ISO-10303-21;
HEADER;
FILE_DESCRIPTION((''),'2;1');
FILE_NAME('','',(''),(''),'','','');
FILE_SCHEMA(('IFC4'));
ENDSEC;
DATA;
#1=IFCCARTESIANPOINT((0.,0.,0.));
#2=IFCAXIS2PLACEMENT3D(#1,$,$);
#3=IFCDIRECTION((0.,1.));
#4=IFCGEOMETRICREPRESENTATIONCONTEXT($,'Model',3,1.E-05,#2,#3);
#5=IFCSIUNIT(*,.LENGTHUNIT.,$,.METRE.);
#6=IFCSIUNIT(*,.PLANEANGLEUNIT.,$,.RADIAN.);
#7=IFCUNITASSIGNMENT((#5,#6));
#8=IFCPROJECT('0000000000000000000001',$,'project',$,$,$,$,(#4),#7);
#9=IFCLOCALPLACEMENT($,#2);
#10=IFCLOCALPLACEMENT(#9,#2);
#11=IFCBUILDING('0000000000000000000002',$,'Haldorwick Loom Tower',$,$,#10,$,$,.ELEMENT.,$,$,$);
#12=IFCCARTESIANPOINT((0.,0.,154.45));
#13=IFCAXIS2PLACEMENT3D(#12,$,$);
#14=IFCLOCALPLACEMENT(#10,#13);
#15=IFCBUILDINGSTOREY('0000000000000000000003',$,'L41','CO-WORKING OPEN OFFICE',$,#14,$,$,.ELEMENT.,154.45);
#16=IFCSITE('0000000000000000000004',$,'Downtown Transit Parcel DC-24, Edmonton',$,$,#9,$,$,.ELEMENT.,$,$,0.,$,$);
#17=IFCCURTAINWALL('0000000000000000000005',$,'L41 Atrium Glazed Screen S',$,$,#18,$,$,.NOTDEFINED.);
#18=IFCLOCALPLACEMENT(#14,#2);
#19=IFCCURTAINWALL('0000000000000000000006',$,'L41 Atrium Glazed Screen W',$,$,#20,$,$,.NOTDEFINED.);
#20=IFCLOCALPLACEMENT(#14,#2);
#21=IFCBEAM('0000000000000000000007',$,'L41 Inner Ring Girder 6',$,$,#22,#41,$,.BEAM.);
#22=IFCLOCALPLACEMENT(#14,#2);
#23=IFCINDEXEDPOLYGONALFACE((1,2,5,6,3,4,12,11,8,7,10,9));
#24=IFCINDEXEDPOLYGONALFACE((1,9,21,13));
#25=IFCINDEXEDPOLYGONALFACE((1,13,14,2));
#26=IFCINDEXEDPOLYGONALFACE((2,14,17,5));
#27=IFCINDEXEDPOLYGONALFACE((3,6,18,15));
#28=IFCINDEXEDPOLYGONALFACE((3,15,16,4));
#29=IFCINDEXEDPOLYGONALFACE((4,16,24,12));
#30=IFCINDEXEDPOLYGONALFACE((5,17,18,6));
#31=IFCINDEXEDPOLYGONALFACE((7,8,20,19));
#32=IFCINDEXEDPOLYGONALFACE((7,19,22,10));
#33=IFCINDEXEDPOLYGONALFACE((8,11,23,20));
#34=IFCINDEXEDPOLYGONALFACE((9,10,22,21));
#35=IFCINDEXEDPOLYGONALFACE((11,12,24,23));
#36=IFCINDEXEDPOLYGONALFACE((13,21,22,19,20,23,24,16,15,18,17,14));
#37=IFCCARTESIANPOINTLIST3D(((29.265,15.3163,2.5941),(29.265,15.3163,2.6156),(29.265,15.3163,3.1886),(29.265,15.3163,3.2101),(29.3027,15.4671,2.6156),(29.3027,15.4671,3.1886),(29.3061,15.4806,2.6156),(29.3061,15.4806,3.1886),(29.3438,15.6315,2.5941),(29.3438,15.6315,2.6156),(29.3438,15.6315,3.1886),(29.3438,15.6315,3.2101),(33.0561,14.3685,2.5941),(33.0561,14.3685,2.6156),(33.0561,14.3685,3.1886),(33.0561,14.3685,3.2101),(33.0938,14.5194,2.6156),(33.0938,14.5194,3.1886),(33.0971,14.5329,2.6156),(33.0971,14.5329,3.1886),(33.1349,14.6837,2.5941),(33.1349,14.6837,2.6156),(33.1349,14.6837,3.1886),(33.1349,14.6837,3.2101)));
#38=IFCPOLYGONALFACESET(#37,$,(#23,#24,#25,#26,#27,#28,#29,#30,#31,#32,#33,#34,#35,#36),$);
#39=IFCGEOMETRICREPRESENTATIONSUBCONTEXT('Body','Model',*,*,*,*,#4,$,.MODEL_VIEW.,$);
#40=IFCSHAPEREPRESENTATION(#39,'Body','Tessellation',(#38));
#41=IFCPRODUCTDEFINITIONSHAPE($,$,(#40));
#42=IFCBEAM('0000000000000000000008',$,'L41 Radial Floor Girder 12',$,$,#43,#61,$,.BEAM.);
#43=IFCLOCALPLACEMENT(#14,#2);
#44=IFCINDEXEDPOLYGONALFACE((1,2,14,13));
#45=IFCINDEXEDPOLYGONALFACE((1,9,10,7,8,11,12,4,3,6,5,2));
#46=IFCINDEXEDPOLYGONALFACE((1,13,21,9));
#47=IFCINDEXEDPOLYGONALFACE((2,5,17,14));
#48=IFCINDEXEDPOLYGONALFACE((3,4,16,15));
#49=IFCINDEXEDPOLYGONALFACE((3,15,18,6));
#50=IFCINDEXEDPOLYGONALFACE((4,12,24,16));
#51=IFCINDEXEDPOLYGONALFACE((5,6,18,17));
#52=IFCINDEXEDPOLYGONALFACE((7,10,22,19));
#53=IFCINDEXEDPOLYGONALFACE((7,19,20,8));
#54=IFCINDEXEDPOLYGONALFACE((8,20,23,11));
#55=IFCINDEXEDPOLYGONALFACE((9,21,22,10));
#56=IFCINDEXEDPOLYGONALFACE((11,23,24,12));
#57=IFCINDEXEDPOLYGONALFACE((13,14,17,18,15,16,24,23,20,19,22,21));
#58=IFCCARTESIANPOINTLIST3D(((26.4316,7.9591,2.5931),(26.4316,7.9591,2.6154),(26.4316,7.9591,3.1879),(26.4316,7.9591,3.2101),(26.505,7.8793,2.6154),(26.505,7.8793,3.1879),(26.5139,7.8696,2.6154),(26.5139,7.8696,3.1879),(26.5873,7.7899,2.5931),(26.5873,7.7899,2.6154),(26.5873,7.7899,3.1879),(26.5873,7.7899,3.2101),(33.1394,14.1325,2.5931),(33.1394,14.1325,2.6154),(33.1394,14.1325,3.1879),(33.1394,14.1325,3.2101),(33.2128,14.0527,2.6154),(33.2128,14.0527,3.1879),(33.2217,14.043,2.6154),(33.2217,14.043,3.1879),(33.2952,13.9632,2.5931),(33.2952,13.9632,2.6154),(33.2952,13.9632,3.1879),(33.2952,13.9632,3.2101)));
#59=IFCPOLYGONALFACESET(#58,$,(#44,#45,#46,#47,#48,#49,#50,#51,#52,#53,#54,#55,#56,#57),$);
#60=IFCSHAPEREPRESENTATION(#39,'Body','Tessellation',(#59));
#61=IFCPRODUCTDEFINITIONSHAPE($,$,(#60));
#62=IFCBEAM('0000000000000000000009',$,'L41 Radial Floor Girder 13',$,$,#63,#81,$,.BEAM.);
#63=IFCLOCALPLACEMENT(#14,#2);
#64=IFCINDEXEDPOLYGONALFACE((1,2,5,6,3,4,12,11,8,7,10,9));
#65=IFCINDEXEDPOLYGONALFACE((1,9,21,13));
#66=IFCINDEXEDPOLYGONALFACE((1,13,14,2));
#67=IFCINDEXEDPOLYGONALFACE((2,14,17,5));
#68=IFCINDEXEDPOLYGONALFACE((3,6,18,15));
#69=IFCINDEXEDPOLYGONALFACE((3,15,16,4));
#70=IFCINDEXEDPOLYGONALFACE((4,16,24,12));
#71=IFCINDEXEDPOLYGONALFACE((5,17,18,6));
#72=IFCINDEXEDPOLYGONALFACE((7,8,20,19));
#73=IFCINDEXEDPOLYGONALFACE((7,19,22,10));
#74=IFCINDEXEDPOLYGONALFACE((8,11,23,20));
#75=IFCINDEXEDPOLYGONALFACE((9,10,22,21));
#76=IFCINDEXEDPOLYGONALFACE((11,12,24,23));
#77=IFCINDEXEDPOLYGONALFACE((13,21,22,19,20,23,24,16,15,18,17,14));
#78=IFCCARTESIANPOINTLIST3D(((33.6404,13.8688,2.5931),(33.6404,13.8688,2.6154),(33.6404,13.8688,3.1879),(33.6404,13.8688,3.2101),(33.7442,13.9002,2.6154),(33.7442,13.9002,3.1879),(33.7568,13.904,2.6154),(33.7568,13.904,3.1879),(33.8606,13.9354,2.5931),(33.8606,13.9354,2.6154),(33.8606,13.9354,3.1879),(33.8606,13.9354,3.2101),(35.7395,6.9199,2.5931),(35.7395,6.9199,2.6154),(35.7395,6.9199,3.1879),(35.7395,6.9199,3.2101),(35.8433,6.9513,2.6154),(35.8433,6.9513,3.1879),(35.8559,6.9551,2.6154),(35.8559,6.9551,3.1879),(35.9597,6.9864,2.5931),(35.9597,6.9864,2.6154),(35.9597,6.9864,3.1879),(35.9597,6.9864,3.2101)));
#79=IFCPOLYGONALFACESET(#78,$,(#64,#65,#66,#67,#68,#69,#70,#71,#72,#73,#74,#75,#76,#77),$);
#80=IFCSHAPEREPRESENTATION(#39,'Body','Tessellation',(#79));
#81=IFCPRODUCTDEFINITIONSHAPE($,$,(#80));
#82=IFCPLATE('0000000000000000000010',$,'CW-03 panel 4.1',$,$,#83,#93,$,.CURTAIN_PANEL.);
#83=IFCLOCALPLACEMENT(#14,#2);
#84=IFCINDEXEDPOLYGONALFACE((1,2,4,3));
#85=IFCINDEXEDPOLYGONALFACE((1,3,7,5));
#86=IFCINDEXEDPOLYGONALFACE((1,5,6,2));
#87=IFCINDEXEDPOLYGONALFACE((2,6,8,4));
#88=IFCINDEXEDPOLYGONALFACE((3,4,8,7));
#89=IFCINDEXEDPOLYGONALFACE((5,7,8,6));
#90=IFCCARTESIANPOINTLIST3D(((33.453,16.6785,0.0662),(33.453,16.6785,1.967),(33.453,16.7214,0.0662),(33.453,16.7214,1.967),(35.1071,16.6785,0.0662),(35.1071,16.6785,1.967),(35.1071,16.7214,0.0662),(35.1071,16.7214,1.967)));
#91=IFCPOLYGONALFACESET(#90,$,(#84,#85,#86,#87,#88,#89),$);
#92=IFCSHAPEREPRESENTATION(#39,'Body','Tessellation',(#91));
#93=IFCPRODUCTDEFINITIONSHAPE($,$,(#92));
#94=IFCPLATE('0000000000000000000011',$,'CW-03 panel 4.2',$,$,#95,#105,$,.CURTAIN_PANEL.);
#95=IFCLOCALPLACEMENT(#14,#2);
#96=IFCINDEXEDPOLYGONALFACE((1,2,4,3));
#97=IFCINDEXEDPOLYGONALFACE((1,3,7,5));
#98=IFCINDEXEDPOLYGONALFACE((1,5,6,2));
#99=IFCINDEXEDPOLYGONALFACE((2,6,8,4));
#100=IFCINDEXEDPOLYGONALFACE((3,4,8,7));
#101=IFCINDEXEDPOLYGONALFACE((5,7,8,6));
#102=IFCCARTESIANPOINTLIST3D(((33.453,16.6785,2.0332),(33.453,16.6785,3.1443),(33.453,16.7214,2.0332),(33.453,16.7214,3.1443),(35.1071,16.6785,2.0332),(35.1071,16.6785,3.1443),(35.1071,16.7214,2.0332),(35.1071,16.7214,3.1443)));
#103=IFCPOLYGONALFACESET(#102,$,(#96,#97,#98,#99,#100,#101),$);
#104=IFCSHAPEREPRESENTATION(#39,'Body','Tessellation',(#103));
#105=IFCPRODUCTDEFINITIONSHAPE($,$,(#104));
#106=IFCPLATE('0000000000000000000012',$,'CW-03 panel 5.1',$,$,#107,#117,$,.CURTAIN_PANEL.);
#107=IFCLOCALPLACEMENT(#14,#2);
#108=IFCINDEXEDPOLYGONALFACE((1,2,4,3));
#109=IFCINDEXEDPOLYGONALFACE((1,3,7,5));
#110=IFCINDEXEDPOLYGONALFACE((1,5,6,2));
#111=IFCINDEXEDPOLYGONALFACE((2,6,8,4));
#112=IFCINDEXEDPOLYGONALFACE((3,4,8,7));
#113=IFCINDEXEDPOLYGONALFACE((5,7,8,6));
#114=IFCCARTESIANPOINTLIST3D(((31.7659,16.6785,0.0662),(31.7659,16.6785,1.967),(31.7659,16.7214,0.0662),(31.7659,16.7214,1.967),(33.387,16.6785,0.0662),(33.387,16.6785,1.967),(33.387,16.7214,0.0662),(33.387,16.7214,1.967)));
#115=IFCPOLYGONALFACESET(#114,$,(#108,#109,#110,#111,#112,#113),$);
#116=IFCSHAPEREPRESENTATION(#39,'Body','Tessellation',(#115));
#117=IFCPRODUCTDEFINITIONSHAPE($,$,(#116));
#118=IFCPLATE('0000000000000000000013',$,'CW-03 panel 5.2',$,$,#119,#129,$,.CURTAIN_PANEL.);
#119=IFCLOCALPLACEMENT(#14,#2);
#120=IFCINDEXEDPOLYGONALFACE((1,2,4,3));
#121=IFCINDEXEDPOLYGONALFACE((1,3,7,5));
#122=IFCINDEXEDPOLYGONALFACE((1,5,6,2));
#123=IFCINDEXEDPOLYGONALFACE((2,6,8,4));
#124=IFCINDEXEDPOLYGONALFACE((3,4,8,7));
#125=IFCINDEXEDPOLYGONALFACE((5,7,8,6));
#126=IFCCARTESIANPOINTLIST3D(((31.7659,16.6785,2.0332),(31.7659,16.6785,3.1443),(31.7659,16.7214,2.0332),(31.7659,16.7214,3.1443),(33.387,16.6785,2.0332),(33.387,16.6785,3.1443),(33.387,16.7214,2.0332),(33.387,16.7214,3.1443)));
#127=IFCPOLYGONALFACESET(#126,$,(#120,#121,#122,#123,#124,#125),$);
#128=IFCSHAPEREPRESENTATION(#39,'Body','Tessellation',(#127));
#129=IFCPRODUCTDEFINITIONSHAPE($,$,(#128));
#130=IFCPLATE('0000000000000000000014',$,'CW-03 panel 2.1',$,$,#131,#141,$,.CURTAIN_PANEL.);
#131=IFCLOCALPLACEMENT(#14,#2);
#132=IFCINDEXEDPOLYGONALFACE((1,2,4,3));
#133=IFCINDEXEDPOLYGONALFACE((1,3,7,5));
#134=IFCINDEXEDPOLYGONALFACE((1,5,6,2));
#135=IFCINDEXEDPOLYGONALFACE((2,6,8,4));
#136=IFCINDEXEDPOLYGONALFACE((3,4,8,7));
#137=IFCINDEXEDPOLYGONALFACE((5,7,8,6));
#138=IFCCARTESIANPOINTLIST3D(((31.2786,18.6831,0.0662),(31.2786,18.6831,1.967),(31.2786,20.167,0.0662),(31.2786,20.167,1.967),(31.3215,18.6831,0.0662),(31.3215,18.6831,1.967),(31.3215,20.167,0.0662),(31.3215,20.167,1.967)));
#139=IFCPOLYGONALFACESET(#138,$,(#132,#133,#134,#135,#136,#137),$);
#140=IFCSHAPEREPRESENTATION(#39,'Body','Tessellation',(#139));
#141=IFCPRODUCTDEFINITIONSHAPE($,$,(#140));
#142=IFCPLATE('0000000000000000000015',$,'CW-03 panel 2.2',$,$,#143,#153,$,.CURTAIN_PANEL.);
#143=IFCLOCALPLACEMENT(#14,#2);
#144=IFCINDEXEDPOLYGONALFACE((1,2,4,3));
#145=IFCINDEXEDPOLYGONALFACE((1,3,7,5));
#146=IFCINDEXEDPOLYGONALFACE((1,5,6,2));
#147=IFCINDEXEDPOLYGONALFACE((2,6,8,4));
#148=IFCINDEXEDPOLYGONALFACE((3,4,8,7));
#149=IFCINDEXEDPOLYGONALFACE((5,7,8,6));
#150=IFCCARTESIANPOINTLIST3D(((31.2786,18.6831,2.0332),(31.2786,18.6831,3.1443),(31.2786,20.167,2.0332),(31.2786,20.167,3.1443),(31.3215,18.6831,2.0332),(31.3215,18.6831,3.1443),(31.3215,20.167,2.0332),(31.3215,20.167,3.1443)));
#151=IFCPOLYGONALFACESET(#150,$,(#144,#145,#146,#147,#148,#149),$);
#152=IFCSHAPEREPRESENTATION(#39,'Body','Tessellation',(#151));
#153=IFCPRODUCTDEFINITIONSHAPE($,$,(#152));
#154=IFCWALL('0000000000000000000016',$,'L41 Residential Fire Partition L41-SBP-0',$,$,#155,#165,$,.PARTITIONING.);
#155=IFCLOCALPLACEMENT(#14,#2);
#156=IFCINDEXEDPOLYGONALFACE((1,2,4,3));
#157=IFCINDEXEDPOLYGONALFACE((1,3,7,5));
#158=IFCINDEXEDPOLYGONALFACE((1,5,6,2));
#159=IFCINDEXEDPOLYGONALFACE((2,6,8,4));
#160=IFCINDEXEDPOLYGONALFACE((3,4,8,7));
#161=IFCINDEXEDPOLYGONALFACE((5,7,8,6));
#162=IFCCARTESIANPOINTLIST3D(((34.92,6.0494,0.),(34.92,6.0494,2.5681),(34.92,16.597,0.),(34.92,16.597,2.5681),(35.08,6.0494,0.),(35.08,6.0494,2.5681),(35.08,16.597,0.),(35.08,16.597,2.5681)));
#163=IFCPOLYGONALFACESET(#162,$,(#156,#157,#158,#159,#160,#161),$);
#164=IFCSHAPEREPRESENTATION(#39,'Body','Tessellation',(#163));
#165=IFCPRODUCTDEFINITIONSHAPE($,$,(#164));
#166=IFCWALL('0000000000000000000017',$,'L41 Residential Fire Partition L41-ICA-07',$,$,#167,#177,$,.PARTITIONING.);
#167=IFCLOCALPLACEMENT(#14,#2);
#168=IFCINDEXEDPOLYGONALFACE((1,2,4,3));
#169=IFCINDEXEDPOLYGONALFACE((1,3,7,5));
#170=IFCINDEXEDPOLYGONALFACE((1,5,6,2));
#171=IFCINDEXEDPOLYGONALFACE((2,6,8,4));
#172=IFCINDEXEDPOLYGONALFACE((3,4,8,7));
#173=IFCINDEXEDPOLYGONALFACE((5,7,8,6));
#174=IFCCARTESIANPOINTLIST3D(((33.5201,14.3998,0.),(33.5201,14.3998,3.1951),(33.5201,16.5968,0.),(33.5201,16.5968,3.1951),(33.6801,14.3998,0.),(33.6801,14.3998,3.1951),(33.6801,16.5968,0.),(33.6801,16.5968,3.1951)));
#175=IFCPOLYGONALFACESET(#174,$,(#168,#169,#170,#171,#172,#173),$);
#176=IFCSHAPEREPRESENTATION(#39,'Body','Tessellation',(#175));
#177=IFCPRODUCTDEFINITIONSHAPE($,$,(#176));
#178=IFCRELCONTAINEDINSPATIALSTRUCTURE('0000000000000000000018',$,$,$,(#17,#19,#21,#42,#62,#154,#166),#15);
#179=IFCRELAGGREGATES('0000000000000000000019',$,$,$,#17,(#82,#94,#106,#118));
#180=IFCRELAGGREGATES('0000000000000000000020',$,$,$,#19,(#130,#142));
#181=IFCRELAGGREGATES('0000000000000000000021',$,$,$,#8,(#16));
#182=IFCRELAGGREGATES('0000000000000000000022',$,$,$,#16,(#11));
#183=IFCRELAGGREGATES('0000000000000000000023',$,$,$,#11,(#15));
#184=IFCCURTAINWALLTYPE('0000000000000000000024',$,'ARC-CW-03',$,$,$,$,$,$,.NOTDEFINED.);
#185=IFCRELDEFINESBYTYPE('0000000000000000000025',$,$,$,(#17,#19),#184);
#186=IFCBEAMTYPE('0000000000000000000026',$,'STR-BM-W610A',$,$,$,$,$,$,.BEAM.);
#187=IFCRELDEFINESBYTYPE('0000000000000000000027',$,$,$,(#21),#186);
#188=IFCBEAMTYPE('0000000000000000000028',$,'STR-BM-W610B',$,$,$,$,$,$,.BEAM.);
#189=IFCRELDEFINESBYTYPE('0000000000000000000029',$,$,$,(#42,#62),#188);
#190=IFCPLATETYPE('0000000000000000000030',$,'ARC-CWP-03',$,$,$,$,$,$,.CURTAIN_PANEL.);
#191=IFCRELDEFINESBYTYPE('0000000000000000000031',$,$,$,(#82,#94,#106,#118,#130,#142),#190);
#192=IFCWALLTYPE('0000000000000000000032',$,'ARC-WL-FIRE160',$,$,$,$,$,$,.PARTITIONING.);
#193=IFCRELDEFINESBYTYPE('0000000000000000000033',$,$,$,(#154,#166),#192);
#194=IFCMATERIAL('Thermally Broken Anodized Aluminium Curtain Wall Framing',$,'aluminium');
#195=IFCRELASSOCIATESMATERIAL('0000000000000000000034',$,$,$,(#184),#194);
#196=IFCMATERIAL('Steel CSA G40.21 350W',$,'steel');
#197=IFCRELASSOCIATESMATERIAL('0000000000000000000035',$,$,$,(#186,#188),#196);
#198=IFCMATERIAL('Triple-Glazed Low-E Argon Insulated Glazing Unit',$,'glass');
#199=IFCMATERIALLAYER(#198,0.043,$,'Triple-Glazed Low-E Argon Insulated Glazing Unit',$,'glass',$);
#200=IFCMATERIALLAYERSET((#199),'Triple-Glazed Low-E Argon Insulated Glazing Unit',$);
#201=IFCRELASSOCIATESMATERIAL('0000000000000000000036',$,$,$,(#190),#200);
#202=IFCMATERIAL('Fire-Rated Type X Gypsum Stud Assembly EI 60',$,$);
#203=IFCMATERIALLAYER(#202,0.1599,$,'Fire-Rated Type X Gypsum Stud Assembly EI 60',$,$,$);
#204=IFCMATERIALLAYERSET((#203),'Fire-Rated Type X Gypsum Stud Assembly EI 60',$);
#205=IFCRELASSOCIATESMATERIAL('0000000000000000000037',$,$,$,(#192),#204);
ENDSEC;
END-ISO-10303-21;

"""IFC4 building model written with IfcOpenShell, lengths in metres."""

from ifc_helpers import new_model, si_unit, direction, frame, frame_2d, origin, origin_2d, place, context, subcontext, project, spatial, rectangle, i_section, extrude, material, layer, layer_set, material_profile, profile_set, type_object, element, aggregate, save


model = new_model("IFC4")

# Units and contexts
model_context = context("Model", 3, precision=1e-05, world=origin(), true_north=direction((0.0, 1.0)))
body_context = subcontext(model_context, "Body", "Model", "MODEL_VIEW")
ifc_project = project(units=[si_unit("LENGTHUNIT", "METRE"), si_unit("PLANEANGLEUNIT", "RADIAN")], contexts=[model_context])

# Site, building, storey
site_placement = place(None, origin())
site = spatial("IfcSite", under=ifc_project, at=site_placement, Name="Downtown Transit Parcel DC-24, Edmonton", CompositionType="ELEMENT", RefElevation=0.0)
building_placement = place(site_placement, origin())
building = spatial("IfcBuilding", under=site, at=building_placement, Name="Haldorwick Loom Tower", CompositionType="ELEMENT")
storey_placement = place(building_placement, frame((0.0, 0.0, 154.45)))
storey = spatial("IfcBuildingStorey", under=building, at=storey_placement, Name="L41", Description="CO-WORKING OPEN OFFICE", CompositionType="ELEMENT", Elevation=154.45)

# Curtain walls
ifc_material_1 = material(Name="Thermally Broken Anodized Aluminium Curtain Wall Framing", Category="aluminium")
curtain_wall_type = type_object("IfcCurtainWallType", Name="ARC-CW-03", PredefinedType="NOTDEFINED", material=ifc_material_1)
curtain_wall_1_placement = place(storey_placement, origin())
curtain_wall_1 = element("IfcCurtainWall", 1, at=curtain_wall_1_placement, inside=storey, type_object=curtain_wall_type, Name="L41 Atrium Glazed Screen S", PredefinedType="NOTDEFINED")
curtain_wall_2_placement = place(storey_placement, origin())
curtain_wall_2 = element("IfcCurtainWall", 2, at=curtain_wall_2_placement, inside=storey, type_object=curtain_wall_type, Name="L41 Atrium Glazed Screen W", PredefinedType="NOTDEFINED")

# Beams
ifc_material_2 = material(Name="Steel CSA G40.21 350W", Category="steel")
ifc_material_profile_1 = material_profile(ifc_material_2, i_section(OverallWidth=0.325, OverallDepth=0.616, WebThickness=0.0139, FlangeThickness=0.0215, at=origin_2d()), Name="W610X174", Category="steel")
ifc_profile_set_1 = profile_set([ifc_material_profile_1], Name="Steel CSA G40.21 350W")
beam_type_1 = type_object("IfcBeamType", Name="STR-BM-W610A", PredefinedType="BEAM", material=ifc_profile_set_1)
beam_1_placement = place(storey_placement, frame((33.0955, 14.5261, 2.9021), z_axis=(-0.970143, 0.242536, 0.0), x_axis=(-0.242536, -0.970143, 0.0)))
element("IfcBeam", 3, at=beam_1_placement, inside=storey, type_object=beam_type_1, Name="L41 Inner Ring Girder 6", PredefinedType="BEAM", context=body_context, shape_type="SweptSolid", body=[
    extrude(i_section(OverallWidth=0.325, OverallDepth=0.616, WebThickness=0.0139, FlangeThickness=0.0215, at=origin_2d()), origin(), (0.0, 0.0, 1.0), 3.9077),
])
ifc_material_profile_2 = material_profile(ifc_material_2, i_section(OverallWidth=0.23, OverallDepth=0.6169, WebThickness=0.0132, FlangeThickness=0.0222, at=origin_2d()), Name="W610X140", Category="steel")
ifc_profile_set_2 = profile_set([ifc_material_profile_2], Name="Steel CSA G40.21 350W")
beam_type_2 = type_object("IfcBeamType", Name="STR-BM-W610B", PredefinedType="BEAM", material=ifc_profile_set_2)
beam_2_placement = place(storey_placement, frame((33.2173, 14.0479, 2.9016), z_axis=(-0.735811, -0.677187, 0.0), x_axis=(0.677187, -0.735811, 0.0)))
element("IfcBeam", 4, at=beam_2_placement, inside=storey, type_object=beam_type_2, Name="L41 Radial Floor Girder 12", PredefinedType="BEAM", context=body_context, shape_type="SweptSolid", body=[
    extrude(i_section(OverallWidth=0.23, OverallDepth=0.6169, WebThickness=0.0132, FlangeThickness=0.0222, at=origin_2d()), origin(), (0.0, 0.0, 1.0), 9.1162),
])
beam_3_placement = place(storey_placement, frame((33.7505, 13.9021, 2.9016), z_axis=(0.289171, -0.957277, 0.0), x_axis=(0.957277, 0.289171, 0.0)))
element("IfcBeam", 5, at=beam_3_placement, inside=storey, type_object=beam_type_2, Name="L41 Radial Floor Girder 13", PredefinedType="BEAM", context=body_context, shape_type="SweptSolid", body=[
    extrude(i_section(OverallWidth=0.23, OverallDepth=0.6169, WebThickness=0.0132, FlangeThickness=0.0222, at=origin_2d()), origin(), (0.0, 0.0, 1.0), 7.259),
])

# Plates
ifc_material_3 = material(Name="Triple-Glazed Low-E Argon Insulated Glazing Unit", Category="glass")
ifc_layer_1 = layer(ifc_material_3, 0.043, Name="Triple-Glazed Low-E Argon Insulated Glazing Unit", Category="glass")
ifc_layer_set_1 = layer_set([ifc_layer_1], Name="Triple-Glazed Low-E Argon Insulated Glazing Unit")
plate_type = type_object("IfcPlateType", Name="ARC-CWP-03", PredefinedType="CURTAIN_PANEL", material=ifc_layer_set_1)
plate_1_placement = place(storey_placement, frame((34.28, 16.7, 0.0662), z_axis=(0.0, 0.0, 1.0), x_axis=(-1.0, 0.0, 0.0)))
plate_1 = element("IfcPlate", 6, at=plate_1_placement, type_object=plate_type, Name="CW-03 panel 4.1", PredefinedType="CURTAIN_PANEL", context=body_context, shape_type="SweptSolid", body=[
    extrude(rectangle(XDim=1.6541, YDim=0.043, at=origin_2d()), origin(), (0.0, 0.0, 1.0), 1.9009),
])
plate_2_placement = place(storey_placement, frame((34.28, 16.7, 2.0332), z_axis=(0.0, 0.0, 1.0), x_axis=(-1.0, 0.0, 0.0)))
plate_2 = element("IfcPlate", 7, at=plate_2_placement, type_object=plate_type, Name="CW-03 panel 4.2", PredefinedType="CURTAIN_PANEL", context=body_context, shape_type="SweptSolid", body=[
    extrude(rectangle(XDim=1.6541, YDim=0.043, at=origin_2d()), origin(), (0.0, 0.0, 1.0), 1.1111),
])
plate_3_placement = place(storey_placement, frame((32.5764, 16.7, 0.0662), z_axis=(0.0, 0.0, 1.0), x_axis=(-1.0, 0.0, 0.0)))
plate_3 = element("IfcPlate", 8, at=plate_3_placement, type_object=plate_type, Name="CW-03 panel 5.1", PredefinedType="CURTAIN_PANEL", context=body_context, shape_type="SweptSolid", body=[
    extrude(rectangle(XDim=1.6211, YDim=0.043, at=origin_2d()), origin(), (0.0, 0.0, 1.0), 1.9009),
])
plate_4_placement = place(storey_placement, frame((32.5764, 16.7, 2.0332), z_axis=(0.0, 0.0, 1.0), x_axis=(-1.0, 0.0, 0.0)))
plate_4 = element("IfcPlate", 9, at=plate_4_placement, type_object=plate_type, Name="CW-03 panel 5.2", PredefinedType="CURTAIN_PANEL", context=body_context, shape_type="SweptSolid", body=[
    extrude(rectangle(XDim=1.6211, YDim=0.043, at=origin_2d()), origin(), (0.0, 0.0, 1.0), 1.1111),
])
aggregate(curtain_wall_1, [plate_1, plate_2, plate_3, plate_4])
plate_5_placement = place(storey_placement, frame((31.3, 19.425, 0.0662), z_axis=(0.0, 0.0, 1.0), x_axis=(0.0, 1.0, 0.0)))
plate_5 = element("IfcPlate", 10, at=plate_5_placement, type_object=plate_type, Name="CW-03 panel 2.1", PredefinedType="CURTAIN_PANEL", context=body_context, shape_type="SweptSolid", body=[
    extrude(rectangle(XDim=1.4839, YDim=0.043, at=origin_2d()), origin(), (0.0, 0.0, 1.0), 1.9009),
])
plate_6_placement = place(storey_placement, frame((31.3, 19.425, 2.0332), z_axis=(0.0, 0.0, 1.0), x_axis=(0.0, 1.0, 0.0)))
plate_6 = element("IfcPlate", 11, at=plate_6_placement, type_object=plate_type, Name="CW-03 panel 2.2", PredefinedType="CURTAIN_PANEL", context=body_context, shape_type="SweptSolid", body=[
    extrude(rectangle(XDim=1.4839, YDim=0.043, at=origin_2d()), origin(), (0.0, 0.0, 1.0), 1.1111),
])
aggregate(curtain_wall_2, [plate_5, plate_6])

# Walls
ifc_material_4 = material(Name="Fire-Rated Type X Gypsum Stud Assembly EI 60")
ifc_layer_2 = layer(ifc_material_4, 0.1599, Name="Fire-Rated Type X Gypsum Stud Assembly EI 60")
ifc_layer_set_2 = layer_set([ifc_layer_2], Name="Fire-Rated Type X Gypsum Stud Assembly EI 60")
wall_type = type_object("IfcWallType", Name="ARC-WL-FIRE160", PredefinedType="PARTITIONING", material=ifc_layer_set_2)
wall_1_placement = place(storey_placement, frame((35.0, 6.0493, 0.0), z_axis=(0.0, 0.0, 1.0), x_axis=(0.0, 1.0, 0.0)))
element("IfcWall", 12, at=wall_1_placement, inside=storey, type_object=wall_type, Name="L41 Residential Fire Partition L41-SBP-0", PredefinedType="PARTITIONING", context=body_context, shape_type="SweptSolid", body=[
    extrude(rectangle(XDim=10.5476, YDim=0.1599, at=frame_2d((5.2739, 0.0))), origin(), (0.0, 0.0, 1.0), 2.5681),
])
wall_2_placement = place(storey_placement, frame((33.6001, 16.5969, 0.0), z_axis=(0.0, 0.0, 1.0), x_axis=(0.0, -1.0, 0.0)))
element("IfcWall", 13, at=wall_2_placement, inside=storey, type_object=wall_type, Name="L41 Residential Fire Partition L41-ICA-07", PredefinedType="PARTITIONING", context=body_context, shape_type="SweptSolid", body=[
    extrude(rectangle(XDim=2.197, YDim=0.1599, at=frame_2d((1.0986, 0.0))), origin(), (0.0, 0.0, 1.0), 3.1951),
])

save(model, "model.ifc")
